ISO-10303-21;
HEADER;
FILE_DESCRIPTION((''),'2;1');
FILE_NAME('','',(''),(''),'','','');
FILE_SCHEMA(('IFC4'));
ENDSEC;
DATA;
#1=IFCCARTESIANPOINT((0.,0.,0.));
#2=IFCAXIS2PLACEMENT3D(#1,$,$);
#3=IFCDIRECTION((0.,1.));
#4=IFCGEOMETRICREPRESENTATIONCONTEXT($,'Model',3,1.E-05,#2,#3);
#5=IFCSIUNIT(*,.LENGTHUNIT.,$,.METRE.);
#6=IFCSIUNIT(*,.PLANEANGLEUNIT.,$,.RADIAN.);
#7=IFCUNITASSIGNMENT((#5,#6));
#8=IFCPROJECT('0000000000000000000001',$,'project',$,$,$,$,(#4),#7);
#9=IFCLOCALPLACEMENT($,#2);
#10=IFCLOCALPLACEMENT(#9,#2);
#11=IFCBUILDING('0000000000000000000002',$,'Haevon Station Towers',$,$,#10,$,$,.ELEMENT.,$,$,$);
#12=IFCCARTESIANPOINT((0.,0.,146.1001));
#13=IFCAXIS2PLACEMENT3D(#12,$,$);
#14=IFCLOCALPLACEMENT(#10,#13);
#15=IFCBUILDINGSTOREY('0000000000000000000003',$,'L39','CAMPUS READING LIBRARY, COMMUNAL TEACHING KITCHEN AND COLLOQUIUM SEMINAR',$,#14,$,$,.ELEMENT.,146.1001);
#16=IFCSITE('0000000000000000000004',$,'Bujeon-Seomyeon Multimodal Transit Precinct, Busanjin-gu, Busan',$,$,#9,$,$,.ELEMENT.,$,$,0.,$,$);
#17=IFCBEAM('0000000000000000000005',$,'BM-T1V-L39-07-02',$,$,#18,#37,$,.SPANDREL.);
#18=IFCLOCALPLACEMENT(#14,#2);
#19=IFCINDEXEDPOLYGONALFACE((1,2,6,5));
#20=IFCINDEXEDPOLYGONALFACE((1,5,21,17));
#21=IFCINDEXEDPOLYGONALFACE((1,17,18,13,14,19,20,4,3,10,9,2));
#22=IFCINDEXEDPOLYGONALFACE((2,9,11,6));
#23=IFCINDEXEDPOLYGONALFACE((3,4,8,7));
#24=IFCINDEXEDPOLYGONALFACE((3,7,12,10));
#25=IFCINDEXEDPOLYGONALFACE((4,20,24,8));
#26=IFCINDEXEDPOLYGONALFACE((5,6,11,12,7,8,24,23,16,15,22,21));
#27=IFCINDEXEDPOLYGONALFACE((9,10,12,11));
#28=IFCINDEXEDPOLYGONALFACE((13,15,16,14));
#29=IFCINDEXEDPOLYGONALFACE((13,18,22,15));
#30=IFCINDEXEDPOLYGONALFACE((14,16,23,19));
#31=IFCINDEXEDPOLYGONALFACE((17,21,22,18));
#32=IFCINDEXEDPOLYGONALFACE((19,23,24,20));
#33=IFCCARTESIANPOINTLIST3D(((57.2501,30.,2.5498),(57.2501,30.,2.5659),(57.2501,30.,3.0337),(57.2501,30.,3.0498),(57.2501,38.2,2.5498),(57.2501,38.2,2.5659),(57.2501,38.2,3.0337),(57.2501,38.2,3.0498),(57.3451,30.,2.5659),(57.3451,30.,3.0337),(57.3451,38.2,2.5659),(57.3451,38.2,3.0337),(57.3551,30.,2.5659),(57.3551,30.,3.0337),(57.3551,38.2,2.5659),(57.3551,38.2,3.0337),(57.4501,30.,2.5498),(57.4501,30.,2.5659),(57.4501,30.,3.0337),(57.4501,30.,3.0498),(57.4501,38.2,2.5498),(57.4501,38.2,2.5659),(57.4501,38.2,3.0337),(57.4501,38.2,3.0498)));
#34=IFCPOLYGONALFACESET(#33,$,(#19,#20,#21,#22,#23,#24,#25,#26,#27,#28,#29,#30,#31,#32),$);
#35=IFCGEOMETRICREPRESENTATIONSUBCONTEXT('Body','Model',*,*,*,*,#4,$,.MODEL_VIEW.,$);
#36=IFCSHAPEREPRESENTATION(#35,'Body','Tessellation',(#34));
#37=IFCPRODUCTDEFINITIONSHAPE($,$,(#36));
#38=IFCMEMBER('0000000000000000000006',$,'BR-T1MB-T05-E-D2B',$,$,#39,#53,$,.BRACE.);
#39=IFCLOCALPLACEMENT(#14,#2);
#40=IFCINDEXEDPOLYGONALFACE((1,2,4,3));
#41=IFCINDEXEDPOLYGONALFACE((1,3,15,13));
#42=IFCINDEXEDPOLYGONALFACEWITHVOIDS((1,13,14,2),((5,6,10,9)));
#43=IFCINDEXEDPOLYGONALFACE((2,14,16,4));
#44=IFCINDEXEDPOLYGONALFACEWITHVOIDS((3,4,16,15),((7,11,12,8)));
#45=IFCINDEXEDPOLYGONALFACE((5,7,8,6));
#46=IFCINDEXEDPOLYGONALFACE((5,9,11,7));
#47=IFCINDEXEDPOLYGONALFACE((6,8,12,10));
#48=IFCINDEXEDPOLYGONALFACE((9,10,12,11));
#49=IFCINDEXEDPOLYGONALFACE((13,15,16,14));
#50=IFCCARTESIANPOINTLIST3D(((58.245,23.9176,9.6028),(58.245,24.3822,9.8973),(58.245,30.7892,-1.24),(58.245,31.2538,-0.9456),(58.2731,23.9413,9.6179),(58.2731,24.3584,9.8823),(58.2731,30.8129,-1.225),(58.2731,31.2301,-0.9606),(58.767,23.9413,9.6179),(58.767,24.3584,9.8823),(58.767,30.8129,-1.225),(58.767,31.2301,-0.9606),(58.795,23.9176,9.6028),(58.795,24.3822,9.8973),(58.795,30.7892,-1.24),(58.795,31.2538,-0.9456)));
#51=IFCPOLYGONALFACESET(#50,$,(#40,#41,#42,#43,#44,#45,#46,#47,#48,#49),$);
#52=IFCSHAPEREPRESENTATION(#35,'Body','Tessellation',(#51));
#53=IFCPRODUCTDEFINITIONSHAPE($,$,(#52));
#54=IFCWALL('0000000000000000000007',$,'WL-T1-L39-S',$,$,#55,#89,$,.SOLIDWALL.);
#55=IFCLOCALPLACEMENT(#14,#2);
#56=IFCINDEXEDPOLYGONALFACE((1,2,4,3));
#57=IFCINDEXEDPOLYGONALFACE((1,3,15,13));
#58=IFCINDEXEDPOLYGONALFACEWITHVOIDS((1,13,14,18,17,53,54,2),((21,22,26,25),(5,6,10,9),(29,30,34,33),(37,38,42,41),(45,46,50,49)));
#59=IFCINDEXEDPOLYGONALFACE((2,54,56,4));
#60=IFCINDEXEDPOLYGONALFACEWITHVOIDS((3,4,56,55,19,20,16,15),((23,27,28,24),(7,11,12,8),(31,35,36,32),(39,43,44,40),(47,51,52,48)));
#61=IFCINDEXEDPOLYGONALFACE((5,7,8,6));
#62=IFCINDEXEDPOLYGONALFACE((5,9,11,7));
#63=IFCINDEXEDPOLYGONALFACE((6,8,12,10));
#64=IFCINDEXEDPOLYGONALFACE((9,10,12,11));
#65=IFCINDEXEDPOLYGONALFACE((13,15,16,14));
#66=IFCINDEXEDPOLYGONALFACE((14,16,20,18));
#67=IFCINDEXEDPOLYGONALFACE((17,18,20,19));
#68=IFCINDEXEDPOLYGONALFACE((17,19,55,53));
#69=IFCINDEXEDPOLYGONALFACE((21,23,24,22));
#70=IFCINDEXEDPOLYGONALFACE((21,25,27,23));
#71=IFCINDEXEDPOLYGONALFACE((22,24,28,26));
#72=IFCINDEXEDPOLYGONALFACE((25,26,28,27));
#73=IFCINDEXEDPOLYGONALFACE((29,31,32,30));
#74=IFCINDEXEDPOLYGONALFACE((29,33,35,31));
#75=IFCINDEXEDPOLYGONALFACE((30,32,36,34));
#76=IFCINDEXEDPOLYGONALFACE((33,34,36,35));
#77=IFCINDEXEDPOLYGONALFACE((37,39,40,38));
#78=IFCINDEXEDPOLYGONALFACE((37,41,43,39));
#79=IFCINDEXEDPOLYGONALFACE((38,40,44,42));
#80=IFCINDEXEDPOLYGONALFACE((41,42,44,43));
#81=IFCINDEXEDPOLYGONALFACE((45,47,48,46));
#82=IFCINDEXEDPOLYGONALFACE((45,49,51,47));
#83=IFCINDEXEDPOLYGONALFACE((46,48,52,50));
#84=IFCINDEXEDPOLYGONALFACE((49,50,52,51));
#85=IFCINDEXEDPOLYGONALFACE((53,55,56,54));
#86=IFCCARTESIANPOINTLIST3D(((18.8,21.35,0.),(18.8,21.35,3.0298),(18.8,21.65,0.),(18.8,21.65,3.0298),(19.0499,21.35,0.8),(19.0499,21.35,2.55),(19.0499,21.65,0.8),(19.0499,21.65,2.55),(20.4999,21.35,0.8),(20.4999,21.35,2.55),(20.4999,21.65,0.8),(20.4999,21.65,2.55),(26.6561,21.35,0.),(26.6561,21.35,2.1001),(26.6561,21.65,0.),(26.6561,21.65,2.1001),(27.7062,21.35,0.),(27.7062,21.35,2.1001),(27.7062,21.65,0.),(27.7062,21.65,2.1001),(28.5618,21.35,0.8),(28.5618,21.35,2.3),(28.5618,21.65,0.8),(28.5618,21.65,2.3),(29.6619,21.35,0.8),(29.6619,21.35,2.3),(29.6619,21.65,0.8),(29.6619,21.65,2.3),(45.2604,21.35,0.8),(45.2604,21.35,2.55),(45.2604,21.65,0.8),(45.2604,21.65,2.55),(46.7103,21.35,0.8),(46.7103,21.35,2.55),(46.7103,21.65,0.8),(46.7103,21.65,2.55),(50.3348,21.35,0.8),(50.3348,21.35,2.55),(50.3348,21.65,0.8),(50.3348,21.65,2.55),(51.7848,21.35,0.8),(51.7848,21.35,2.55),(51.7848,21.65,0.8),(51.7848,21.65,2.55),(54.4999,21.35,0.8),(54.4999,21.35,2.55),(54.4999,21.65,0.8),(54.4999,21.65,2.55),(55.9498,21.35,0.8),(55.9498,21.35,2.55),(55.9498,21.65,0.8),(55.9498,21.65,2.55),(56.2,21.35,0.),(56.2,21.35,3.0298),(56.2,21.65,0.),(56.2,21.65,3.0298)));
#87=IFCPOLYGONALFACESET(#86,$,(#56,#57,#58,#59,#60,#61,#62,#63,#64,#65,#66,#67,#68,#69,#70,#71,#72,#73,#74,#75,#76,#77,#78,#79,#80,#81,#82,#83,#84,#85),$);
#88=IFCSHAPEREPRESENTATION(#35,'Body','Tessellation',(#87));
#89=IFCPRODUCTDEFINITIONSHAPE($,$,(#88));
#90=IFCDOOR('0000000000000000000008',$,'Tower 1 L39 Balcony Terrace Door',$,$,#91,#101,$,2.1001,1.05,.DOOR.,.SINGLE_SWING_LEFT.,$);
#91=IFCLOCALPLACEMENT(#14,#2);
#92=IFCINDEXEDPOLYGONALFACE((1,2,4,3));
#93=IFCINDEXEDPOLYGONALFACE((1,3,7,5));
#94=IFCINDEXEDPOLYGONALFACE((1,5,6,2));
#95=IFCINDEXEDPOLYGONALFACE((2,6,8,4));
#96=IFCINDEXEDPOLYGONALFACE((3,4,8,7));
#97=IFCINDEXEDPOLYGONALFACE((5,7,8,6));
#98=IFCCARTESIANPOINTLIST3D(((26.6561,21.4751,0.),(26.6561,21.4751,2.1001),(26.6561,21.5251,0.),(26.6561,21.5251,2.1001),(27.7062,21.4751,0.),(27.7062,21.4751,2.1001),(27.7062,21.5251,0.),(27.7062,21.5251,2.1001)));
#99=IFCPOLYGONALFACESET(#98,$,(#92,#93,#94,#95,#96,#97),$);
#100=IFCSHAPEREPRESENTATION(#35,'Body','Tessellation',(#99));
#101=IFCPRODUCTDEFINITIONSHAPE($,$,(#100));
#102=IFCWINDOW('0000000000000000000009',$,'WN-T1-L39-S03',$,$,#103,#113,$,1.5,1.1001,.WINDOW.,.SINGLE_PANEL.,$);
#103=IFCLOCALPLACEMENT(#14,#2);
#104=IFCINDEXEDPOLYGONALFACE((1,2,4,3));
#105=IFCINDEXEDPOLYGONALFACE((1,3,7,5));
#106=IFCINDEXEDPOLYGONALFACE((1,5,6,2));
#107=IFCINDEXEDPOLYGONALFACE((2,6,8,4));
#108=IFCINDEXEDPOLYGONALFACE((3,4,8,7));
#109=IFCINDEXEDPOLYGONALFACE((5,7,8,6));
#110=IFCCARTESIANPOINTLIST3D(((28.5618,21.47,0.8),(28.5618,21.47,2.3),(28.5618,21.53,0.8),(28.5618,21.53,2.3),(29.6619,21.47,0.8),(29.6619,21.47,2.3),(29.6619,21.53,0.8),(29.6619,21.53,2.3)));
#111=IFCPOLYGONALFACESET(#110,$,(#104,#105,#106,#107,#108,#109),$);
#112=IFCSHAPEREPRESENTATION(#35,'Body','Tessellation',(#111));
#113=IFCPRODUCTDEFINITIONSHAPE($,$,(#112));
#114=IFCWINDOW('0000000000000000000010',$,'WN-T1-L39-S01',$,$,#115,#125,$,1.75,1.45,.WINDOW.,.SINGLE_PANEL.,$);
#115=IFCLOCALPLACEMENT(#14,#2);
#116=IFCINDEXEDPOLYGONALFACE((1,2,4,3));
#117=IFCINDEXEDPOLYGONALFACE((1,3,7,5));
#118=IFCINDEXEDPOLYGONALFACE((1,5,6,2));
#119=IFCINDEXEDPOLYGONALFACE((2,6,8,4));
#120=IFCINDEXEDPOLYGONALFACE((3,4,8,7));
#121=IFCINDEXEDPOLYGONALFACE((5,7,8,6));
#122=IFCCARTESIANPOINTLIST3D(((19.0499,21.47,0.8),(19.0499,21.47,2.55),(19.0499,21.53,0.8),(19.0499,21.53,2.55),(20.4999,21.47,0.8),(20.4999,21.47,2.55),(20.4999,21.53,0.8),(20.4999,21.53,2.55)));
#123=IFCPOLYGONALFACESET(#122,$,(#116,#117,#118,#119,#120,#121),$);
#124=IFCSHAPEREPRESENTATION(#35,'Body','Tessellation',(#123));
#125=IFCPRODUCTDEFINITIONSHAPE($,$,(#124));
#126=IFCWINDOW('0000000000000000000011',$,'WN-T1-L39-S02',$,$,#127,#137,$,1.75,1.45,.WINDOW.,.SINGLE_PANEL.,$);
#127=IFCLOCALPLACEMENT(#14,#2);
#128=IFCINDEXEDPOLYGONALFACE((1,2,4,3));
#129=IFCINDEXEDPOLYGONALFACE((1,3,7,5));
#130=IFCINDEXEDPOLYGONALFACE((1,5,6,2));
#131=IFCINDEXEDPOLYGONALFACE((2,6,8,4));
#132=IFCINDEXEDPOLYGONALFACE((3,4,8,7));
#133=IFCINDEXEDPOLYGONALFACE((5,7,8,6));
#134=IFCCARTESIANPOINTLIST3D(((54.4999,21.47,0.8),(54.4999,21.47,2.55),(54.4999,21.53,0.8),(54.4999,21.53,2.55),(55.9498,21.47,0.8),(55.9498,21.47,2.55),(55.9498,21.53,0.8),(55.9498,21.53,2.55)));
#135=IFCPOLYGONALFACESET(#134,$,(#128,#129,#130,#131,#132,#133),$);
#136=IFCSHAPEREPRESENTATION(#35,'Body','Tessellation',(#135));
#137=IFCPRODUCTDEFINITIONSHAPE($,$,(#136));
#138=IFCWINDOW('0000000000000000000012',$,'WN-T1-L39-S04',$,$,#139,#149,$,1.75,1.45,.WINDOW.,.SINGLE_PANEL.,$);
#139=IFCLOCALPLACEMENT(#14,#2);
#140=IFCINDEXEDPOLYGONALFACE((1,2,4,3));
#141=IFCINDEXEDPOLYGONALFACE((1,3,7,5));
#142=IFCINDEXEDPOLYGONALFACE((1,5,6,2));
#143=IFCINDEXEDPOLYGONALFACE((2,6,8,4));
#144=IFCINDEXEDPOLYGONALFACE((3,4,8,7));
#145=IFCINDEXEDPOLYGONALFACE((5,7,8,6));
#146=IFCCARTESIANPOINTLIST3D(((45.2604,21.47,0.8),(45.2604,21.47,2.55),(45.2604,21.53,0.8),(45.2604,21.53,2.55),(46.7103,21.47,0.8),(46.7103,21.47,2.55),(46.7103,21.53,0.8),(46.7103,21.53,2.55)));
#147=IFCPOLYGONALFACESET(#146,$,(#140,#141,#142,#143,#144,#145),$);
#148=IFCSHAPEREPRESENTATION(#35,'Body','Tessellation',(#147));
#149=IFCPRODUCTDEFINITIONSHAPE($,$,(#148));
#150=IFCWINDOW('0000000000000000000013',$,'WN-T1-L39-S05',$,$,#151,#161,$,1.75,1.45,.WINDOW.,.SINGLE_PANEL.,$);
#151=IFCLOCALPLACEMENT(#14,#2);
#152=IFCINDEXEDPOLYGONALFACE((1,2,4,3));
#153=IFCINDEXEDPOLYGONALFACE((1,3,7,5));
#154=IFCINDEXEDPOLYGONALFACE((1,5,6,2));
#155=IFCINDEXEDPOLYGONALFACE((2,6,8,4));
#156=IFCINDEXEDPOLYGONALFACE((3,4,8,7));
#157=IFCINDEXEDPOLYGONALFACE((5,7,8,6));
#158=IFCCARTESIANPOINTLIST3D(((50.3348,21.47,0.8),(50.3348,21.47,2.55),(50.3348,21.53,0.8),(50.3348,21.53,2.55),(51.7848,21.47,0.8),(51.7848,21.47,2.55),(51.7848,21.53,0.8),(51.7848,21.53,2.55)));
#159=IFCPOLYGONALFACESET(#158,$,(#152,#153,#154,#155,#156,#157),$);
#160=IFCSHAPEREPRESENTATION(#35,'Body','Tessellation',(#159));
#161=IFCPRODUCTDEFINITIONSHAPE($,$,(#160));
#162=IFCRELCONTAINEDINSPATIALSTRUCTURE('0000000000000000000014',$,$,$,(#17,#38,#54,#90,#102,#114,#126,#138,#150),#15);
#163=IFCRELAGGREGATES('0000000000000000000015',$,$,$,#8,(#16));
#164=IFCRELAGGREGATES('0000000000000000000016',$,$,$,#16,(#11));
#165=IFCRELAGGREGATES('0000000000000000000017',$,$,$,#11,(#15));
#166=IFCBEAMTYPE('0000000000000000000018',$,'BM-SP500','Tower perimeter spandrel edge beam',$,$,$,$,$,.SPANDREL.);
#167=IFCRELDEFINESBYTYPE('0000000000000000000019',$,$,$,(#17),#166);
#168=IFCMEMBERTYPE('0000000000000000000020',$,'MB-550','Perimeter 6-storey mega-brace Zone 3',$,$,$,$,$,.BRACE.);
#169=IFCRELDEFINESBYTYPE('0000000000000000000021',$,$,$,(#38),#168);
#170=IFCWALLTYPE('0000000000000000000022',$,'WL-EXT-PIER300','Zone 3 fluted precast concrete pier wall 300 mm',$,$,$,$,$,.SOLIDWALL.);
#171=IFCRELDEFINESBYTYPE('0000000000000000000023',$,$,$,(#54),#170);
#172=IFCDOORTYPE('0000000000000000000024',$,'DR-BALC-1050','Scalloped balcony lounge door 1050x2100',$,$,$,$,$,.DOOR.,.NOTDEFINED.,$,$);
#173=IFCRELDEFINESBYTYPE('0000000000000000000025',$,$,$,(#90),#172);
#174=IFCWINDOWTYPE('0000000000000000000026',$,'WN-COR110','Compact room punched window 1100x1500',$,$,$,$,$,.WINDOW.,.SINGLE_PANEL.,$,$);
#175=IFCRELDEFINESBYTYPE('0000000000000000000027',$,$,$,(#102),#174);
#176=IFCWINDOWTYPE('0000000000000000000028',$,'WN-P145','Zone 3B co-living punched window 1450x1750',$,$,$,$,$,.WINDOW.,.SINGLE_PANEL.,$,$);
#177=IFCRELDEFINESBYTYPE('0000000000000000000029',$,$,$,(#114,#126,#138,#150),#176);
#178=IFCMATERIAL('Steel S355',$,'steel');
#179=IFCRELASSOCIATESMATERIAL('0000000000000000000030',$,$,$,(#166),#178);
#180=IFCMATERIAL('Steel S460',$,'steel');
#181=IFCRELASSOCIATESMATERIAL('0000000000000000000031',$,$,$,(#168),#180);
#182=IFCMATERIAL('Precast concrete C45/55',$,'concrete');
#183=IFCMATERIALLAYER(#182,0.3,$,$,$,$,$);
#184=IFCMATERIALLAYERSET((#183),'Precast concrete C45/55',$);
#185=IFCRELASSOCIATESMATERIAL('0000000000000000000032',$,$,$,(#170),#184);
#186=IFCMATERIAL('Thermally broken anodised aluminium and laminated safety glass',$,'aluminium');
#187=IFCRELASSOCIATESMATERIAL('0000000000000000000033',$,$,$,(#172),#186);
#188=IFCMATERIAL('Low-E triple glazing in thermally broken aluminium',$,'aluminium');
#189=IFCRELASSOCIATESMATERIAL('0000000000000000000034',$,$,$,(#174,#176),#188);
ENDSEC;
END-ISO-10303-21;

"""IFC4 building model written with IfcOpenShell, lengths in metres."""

from ifc_helpers import new_model, si_unit, direction, frame, frame_2d, origin, origin_2d, place, context, subcontext, project, spatial, rectangle, hollow_rectangle, i_section, extrude, material, layer, layer_set, material_profile, profile_set, type_object, element, fill, save


model = new_model("IFC4")

# Units and contexts
model_context = context("Model", 3, precision=1e-05, world=origin(), true_north=direction((0.0, 1.0)))
body_context = subcontext(model_context, "Body", "Model", "MODEL_VIEW")
ifc_project = project(units=[si_unit("LENGTHUNIT", "METRE"), si_unit("PLANEANGLEUNIT", "RADIAN")], contexts=[model_context])

# Site, building, storey
site_placement = place(None, origin())
site = spatial("IfcSite", under=ifc_project, at=site_placement, Name="Bujeon-Seomyeon Multimodal Transit Precinct, Busanjin-gu, Busan", CompositionType="ELEMENT", RefElevation=0.0)
building_placement = place(site_placement, origin())
building = spatial("IfcBuilding", under=site, at=building_placement, Name="Haevon Station Towers", CompositionType="ELEMENT")
storey_placement = place(building_placement, frame((0.0, 0.0, 146.1001)))
storey = spatial("IfcBuildingStorey", under=building, at=storey_placement, Name="L39", Description="CAMPUS READING LIBRARY, COMMUNAL TEACHING KITCHEN AND COLLOQUIUM SEMINAR", CompositionType="ELEMENT", Elevation=146.1001)

# Shared definitions
ifc_material_1 = material(Name="Steel S460", Category="steel")
ifc_material_2 = material(Name="Steel S355", Category="steel")

# Beam
ifc_material_profile_1 = material_profile(ifc_material_2, i_section(OverallWidth=0.2, OverallDepth=0.5, WebThickness=0.01, FlangeThickness=0.0161, at=origin_2d()), Name="H-500x200x10x16")
ifc_profile_set_1 = profile_set([ifc_material_profile_1], Name="Steel S355")
beam_type_1 = type_object("IfcBeamType", Name="BM-SP500", Description="Tower perimeter spandrel edge beam", PredefinedType="SPANDREL", material=ifc_profile_set_1)
beam_1_placement = place(storey_placement, frame((57.3501, 30.0, 2.7998), z_axis=(0.0, 1.0, 0.0), x_axis=(-1.0, 0.0, 0.0)))
element("IfcBeam", 1, at=beam_1_placement, inside=storey, type_object=beam_type_1, Name="BM-T1V-L39-07-02", PredefinedType="SPANDREL", context=body_context, shape_type="SweptSolid", body=[
    extrude(i_section(OverallWidth=0.2, OverallDepth=0.5, WebThickness=0.01, FlangeThickness=0.0161, at=origin_2d()), origin(), (0.0, 0.0, 1.0), 8.2),
])

# Member
ifc_material_profile_2 = material_profile(ifc_material_1, hollow_rectangle(XDim=0.55, YDim=0.55, WallThickness=0.0281, at=origin_2d()), Name="RHS-550x550x28")
ifc_profile_set_2 = profile_set([ifc_material_profile_2], Name="Steel S460")
member_type = type_object("IfcMemberType", Name="MB-550", Description="Perimeter 6-storey mega-brace Zone 3", PredefinedType="BRACE", material=ifc_profile_set_2)
member_placement = place(storey_placement, frame((58.52, 31.0215, -1.0928), z_axis=(0.0, -0.535302, 0.844661), x_axis=(1.0, 0.0, 0.0)))
element("IfcMember", 2, at=member_placement, inside=storey, type_object=member_type, Name="BR-T1MB-T05-E-D2B", PredefinedType="BRACE", context=body_context, shape_type="SweptSolid", body=[
    extrude(hollow_rectangle(XDim=0.55, YDim=0.55, WallThickness=0.0281, at=origin_2d()), origin(), (0.0, 0.0, 1.0), 12.8369),
])

# Wall, openings, door, windows
ifc_material_3 = material(Name="Precast concrete C45/55", Category="concrete")
ifc_layer_1 = layer(ifc_material_3, 0.3)
ifc_layer_set_1 = layer_set([ifc_layer_1], Name="Precast concrete C45/55")
wall_type_1 = type_object("IfcWallType", Name="WL-EXT-PIER300", Description="Zone 3 fluted precast concrete pier wall 300 mm", PredefinedType="SOLIDWALL", material=ifc_layer_set_1)
wall_1_placement = place(storey_placement, frame((56.2, 21.5, 0.0), z_axis=(0.0, 0.0, 1.0), x_axis=(-1.0, 0.0, 0.0)))
wall_1 = element("IfcWall", 3, at=wall_1_placement, inside=storey, type_object=wall_type_1, Name="WL-T1-L39-S", PredefinedType="SOLIDWALL", context=body_context, shape_type="SweptSolid", body=[
    extrude(rectangle(XDim=37.3999, YDim=0.3, at=frame_2d((18.7, 0.0))), origin(), (0.0, 0.0, 1.0), 3.0298),
])
opening_1_placement = place(wall_1_placement, frame((28.4939, 0.0, 0.0)))
opening_1 = element("IfcOpeningElement", 4, at=opening_1_placement, cuts=wall_1, PredefinedType="OPENING", context=body_context, shape_type="SweptSolid", body=[
    extrude(rectangle(XDim=1.05, YDim=2.1001, at=frame_2d((0.5249, 1.05))), frame((0.0, 0.1599, 0.0), z_axis=(0.0, -1.0, 0.0), x_axis=(1.0, 0.0, 0.0)), (0.0, 0.0, 1.0), 0.3201),
])
opening_2_placement = place(wall_1_placement, frame((35.7, 0.0, 0.8)))
opening_2 = element("IfcOpeningElement", 5, at=opening_2_placement, cuts=wall_1, PredefinedType="OPENING", context=body_context, shape_type="SweptSolid", body=[
    extrude(rectangle(XDim=1.45, YDim=1.75, at=frame_2d((0.7251, 0.875))), frame((0.0, 0.1599, 0.0), z_axis=(0.0, -1.0, 0.0), x_axis=(1.0, 0.0, 0.0)), (0.0, 0.0, 1.0), 0.3201),
])
opening_3_placement = place(wall_1_placement, frame((0.25, 0.0, 0.8)))
opening_3 = element("IfcOpeningElement", 6, at=opening_3_placement, cuts=wall_1, PredefinedType="OPENING", context=body_context, shape_type="SweptSolid", body=[
    extrude(rectangle(XDim=1.45, YDim=1.75, at=frame_2d((0.7251, 0.875))), frame((0.0, 0.1599, 0.0), z_axis=(0.0, -1.0, 0.0), x_axis=(1.0, 0.0, 0.0)), (0.0, 0.0, 1.0), 0.3201),
])
opening_4_placement = place(wall_1_placement, frame((26.5381, 0.0, 0.8)))
opening_4 = element("IfcOpeningElement", 7, at=opening_4_placement, cuts=wall_1, PredefinedType="OPENING", context=body_context, shape_type="SweptSolid", body=[
    extrude(rectangle(XDim=1.1001, YDim=1.5, at=frame_2d((0.55, 0.75))), frame((0.0, 0.1599, 0.0), z_axis=(0.0, -1.0, 0.0), x_axis=(1.0, 0.0, 0.0)), (0.0, 0.0, 1.0), 0.3201),
])
opening_5_placement = place(wall_1_placement, frame((9.4895, 0.0, 0.8)))
opening_5 = element("IfcOpeningElement", 8, at=opening_5_placement, cuts=wall_1, PredefinedType="OPENING", context=body_context, shape_type="SweptSolid", body=[
    extrude(rectangle(XDim=1.45, YDim=1.75, at=frame_2d((0.7251, 0.875))), frame((0.0, 0.1599, 0.0), z_axis=(0.0, -1.0, 0.0), x_axis=(1.0, 0.0, 0.0)), (0.0, 0.0, 1.0), 0.3201),
])
opening_6_placement = place(wall_1_placement, frame((4.415, 0.0, 0.8)))
opening_6 = element("IfcOpeningElement", 9, at=opening_6_placement, cuts=wall_1, PredefinedType="OPENING", context=body_context, shape_type="SweptSolid", body=[
    extrude(rectangle(XDim=1.45, YDim=1.75, at=frame_2d((0.7251, 0.875))), frame((0.0, 0.1599, 0.0), z_axis=(0.0, -1.0, 0.0), x_axis=(1.0, 0.0, 0.0)), (0.0, 0.0, 1.0), 0.3201),
])
ifc_material_4 = material(Name="Thermally broken anodised aluminium and laminated safety glass", Category="aluminium")
door_type_1 = type_object("IfcDoorType", Name="DR-BALC-1050", Description="Scalloped balcony lounge door 1050x2100", OperationType="NOTDEFINED", PredefinedType="DOOR", material=ifc_material_4)
door_1_placement = place(opening_1_placement, origin())
door_1 = element("IfcDoor", 10, at=door_1_placement, inside=storey, type_object=door_type_1, Name="Tower 1 L39 Balcony Terrace Door", OperationType="SINGLE_SWING_LEFT", OverallHeight=2.1001, OverallWidth=1.05, PredefinedType="DOOR", context=body_context, shape_type="SweptSolid", body=[
    extrude(rectangle(XDim=1.05, YDim=2.1001, at=frame_2d((0.5249, 1.05))), frame((0.0, 0.0249, 0.0), z_axis=(0.0, -1.0, 0.0), x_axis=(1.0, 0.0, 0.0)), (0.0, 0.0, 1.0), 0.05),
])
fill(opening_1, door_1)
ifc_material_5 = material(Name="Low-E triple glazing in thermally broken aluminium", Category="aluminium")
window_type_1 = type_object("IfcWindowType", Name="WN-COR110", Description="Compact room punched window 1100x1500", PartitioningType="SINGLE_PANEL", PredefinedType="WINDOW", material=ifc_material_5)
window_1_placement = place(opening_4_placement, origin())
window_1 = element("IfcWindow", 11, at=window_1_placement, inside=storey, type_object=window_type_1, Name="WN-T1-L39-S03", OverallHeight=1.5, OverallWidth=1.1001, PartitioningType="SINGLE_PANEL", PredefinedType="WINDOW", context=body_context, shape_type="SweptSolid", body=[
    extrude(rectangle(XDim=1.1001, YDim=1.5, at=frame_2d((0.55, 0.75))), frame((0.0, 0.03, 0.0), z_axis=(0.0, -1.0, 0.0), x_axis=(1.0, 0.0, 0.0)), (0.0, 0.0, 1.0), 0.0601),
])
fill(opening_4, window_1)
window_type_2 = type_object("IfcWindowType", Name="WN-P145", Description="Zone 3B co-living punched window 1450x1750", PartitioningType="SINGLE_PANEL", PredefinedType="WINDOW", material=ifc_material_5)
window_2_placement = place(opening_2_placement, origin())
window_2 = element("IfcWindow", 12, at=window_2_placement, inside=storey, type_object=window_type_2, Name="WN-T1-L39-S01", OverallHeight=1.75, OverallWidth=1.45, PartitioningType="SINGLE_PANEL", PredefinedType="WINDOW", context=body_context, shape_type="SweptSolid", body=[
    extrude(rectangle(XDim=1.45, YDim=1.75, at=frame_2d((0.7251, 0.875))), frame((0.0, 0.03, 0.0), z_axis=(0.0, -1.0, 0.0), x_axis=(1.0, 0.0, 0.0)), (0.0, 0.0, 1.0), 0.0601),
])
fill(opening_2, window_2)
window_3_placement = place(opening_3_placement, origin())
window_3 = element("IfcWindow", 13, at=window_3_placement, inside=storey, type_object=window_type_2, Name="WN-T1-L39-S02", OverallHeight=1.75, OverallWidth=1.45, PartitioningType="SINGLE_PANEL", PredefinedType="WINDOW", context=body_context, shape_type="SweptSolid", body=[
    extrude(rectangle(XDim=1.45, YDim=1.75, at=frame_2d((0.7251, 0.875))), frame((0.0, 0.03, 0.0), z_axis=(0.0, -1.0, 0.0), x_axis=(1.0, 0.0, 0.0)), (0.0, 0.0, 1.0), 0.0601),
])
fill(opening_3, window_3)
window_4_placement = place(opening_5_placement, origin())
window_4 = element("IfcWindow", 14, at=window_4_placement, inside=storey, type_object=window_type_2, Name="WN-T1-L39-S04", OverallHeight=1.75, OverallWidth=1.45, PartitioningType="SINGLE_PANEL", PredefinedType="WINDOW", context=body_context, shape_type="SweptSolid", body=[
    extrude(rectangle(XDim=1.45, YDim=1.75, at=frame_2d((0.7251, 0.875))), frame((0.0, 0.03, 0.0), z_axis=(0.0, -1.0, 0.0), x_axis=(1.0, 0.0, 0.0)), (0.0, 0.0, 1.0), 0.0601),
])
fill(opening_5, window_4)
window_5_placement = place(opening_6_placement, origin())
window_5 = element("IfcWindow", 15, at=window_5_placement, inside=storey, type_object=window_type_2, Name="WN-T1-L39-S05", OverallHeight=1.75, OverallWidth=1.45, PartitioningType="SINGLE_PANEL", PredefinedType="WINDOW", context=body_context, shape_type="SweptSolid", body=[
    extrude(rectangle(XDim=1.45, YDim=1.75, at=frame_2d((0.7251, 0.875))), frame((0.0, 0.03, 0.0), z_axis=(0.0, -1.0, 0.0), x_axis=(1.0, 0.0, 0.0)), (0.0, 0.0, 1.0), 0.0601),
])
fill(opening_6, window_5)

save(model, "model.ifc")
